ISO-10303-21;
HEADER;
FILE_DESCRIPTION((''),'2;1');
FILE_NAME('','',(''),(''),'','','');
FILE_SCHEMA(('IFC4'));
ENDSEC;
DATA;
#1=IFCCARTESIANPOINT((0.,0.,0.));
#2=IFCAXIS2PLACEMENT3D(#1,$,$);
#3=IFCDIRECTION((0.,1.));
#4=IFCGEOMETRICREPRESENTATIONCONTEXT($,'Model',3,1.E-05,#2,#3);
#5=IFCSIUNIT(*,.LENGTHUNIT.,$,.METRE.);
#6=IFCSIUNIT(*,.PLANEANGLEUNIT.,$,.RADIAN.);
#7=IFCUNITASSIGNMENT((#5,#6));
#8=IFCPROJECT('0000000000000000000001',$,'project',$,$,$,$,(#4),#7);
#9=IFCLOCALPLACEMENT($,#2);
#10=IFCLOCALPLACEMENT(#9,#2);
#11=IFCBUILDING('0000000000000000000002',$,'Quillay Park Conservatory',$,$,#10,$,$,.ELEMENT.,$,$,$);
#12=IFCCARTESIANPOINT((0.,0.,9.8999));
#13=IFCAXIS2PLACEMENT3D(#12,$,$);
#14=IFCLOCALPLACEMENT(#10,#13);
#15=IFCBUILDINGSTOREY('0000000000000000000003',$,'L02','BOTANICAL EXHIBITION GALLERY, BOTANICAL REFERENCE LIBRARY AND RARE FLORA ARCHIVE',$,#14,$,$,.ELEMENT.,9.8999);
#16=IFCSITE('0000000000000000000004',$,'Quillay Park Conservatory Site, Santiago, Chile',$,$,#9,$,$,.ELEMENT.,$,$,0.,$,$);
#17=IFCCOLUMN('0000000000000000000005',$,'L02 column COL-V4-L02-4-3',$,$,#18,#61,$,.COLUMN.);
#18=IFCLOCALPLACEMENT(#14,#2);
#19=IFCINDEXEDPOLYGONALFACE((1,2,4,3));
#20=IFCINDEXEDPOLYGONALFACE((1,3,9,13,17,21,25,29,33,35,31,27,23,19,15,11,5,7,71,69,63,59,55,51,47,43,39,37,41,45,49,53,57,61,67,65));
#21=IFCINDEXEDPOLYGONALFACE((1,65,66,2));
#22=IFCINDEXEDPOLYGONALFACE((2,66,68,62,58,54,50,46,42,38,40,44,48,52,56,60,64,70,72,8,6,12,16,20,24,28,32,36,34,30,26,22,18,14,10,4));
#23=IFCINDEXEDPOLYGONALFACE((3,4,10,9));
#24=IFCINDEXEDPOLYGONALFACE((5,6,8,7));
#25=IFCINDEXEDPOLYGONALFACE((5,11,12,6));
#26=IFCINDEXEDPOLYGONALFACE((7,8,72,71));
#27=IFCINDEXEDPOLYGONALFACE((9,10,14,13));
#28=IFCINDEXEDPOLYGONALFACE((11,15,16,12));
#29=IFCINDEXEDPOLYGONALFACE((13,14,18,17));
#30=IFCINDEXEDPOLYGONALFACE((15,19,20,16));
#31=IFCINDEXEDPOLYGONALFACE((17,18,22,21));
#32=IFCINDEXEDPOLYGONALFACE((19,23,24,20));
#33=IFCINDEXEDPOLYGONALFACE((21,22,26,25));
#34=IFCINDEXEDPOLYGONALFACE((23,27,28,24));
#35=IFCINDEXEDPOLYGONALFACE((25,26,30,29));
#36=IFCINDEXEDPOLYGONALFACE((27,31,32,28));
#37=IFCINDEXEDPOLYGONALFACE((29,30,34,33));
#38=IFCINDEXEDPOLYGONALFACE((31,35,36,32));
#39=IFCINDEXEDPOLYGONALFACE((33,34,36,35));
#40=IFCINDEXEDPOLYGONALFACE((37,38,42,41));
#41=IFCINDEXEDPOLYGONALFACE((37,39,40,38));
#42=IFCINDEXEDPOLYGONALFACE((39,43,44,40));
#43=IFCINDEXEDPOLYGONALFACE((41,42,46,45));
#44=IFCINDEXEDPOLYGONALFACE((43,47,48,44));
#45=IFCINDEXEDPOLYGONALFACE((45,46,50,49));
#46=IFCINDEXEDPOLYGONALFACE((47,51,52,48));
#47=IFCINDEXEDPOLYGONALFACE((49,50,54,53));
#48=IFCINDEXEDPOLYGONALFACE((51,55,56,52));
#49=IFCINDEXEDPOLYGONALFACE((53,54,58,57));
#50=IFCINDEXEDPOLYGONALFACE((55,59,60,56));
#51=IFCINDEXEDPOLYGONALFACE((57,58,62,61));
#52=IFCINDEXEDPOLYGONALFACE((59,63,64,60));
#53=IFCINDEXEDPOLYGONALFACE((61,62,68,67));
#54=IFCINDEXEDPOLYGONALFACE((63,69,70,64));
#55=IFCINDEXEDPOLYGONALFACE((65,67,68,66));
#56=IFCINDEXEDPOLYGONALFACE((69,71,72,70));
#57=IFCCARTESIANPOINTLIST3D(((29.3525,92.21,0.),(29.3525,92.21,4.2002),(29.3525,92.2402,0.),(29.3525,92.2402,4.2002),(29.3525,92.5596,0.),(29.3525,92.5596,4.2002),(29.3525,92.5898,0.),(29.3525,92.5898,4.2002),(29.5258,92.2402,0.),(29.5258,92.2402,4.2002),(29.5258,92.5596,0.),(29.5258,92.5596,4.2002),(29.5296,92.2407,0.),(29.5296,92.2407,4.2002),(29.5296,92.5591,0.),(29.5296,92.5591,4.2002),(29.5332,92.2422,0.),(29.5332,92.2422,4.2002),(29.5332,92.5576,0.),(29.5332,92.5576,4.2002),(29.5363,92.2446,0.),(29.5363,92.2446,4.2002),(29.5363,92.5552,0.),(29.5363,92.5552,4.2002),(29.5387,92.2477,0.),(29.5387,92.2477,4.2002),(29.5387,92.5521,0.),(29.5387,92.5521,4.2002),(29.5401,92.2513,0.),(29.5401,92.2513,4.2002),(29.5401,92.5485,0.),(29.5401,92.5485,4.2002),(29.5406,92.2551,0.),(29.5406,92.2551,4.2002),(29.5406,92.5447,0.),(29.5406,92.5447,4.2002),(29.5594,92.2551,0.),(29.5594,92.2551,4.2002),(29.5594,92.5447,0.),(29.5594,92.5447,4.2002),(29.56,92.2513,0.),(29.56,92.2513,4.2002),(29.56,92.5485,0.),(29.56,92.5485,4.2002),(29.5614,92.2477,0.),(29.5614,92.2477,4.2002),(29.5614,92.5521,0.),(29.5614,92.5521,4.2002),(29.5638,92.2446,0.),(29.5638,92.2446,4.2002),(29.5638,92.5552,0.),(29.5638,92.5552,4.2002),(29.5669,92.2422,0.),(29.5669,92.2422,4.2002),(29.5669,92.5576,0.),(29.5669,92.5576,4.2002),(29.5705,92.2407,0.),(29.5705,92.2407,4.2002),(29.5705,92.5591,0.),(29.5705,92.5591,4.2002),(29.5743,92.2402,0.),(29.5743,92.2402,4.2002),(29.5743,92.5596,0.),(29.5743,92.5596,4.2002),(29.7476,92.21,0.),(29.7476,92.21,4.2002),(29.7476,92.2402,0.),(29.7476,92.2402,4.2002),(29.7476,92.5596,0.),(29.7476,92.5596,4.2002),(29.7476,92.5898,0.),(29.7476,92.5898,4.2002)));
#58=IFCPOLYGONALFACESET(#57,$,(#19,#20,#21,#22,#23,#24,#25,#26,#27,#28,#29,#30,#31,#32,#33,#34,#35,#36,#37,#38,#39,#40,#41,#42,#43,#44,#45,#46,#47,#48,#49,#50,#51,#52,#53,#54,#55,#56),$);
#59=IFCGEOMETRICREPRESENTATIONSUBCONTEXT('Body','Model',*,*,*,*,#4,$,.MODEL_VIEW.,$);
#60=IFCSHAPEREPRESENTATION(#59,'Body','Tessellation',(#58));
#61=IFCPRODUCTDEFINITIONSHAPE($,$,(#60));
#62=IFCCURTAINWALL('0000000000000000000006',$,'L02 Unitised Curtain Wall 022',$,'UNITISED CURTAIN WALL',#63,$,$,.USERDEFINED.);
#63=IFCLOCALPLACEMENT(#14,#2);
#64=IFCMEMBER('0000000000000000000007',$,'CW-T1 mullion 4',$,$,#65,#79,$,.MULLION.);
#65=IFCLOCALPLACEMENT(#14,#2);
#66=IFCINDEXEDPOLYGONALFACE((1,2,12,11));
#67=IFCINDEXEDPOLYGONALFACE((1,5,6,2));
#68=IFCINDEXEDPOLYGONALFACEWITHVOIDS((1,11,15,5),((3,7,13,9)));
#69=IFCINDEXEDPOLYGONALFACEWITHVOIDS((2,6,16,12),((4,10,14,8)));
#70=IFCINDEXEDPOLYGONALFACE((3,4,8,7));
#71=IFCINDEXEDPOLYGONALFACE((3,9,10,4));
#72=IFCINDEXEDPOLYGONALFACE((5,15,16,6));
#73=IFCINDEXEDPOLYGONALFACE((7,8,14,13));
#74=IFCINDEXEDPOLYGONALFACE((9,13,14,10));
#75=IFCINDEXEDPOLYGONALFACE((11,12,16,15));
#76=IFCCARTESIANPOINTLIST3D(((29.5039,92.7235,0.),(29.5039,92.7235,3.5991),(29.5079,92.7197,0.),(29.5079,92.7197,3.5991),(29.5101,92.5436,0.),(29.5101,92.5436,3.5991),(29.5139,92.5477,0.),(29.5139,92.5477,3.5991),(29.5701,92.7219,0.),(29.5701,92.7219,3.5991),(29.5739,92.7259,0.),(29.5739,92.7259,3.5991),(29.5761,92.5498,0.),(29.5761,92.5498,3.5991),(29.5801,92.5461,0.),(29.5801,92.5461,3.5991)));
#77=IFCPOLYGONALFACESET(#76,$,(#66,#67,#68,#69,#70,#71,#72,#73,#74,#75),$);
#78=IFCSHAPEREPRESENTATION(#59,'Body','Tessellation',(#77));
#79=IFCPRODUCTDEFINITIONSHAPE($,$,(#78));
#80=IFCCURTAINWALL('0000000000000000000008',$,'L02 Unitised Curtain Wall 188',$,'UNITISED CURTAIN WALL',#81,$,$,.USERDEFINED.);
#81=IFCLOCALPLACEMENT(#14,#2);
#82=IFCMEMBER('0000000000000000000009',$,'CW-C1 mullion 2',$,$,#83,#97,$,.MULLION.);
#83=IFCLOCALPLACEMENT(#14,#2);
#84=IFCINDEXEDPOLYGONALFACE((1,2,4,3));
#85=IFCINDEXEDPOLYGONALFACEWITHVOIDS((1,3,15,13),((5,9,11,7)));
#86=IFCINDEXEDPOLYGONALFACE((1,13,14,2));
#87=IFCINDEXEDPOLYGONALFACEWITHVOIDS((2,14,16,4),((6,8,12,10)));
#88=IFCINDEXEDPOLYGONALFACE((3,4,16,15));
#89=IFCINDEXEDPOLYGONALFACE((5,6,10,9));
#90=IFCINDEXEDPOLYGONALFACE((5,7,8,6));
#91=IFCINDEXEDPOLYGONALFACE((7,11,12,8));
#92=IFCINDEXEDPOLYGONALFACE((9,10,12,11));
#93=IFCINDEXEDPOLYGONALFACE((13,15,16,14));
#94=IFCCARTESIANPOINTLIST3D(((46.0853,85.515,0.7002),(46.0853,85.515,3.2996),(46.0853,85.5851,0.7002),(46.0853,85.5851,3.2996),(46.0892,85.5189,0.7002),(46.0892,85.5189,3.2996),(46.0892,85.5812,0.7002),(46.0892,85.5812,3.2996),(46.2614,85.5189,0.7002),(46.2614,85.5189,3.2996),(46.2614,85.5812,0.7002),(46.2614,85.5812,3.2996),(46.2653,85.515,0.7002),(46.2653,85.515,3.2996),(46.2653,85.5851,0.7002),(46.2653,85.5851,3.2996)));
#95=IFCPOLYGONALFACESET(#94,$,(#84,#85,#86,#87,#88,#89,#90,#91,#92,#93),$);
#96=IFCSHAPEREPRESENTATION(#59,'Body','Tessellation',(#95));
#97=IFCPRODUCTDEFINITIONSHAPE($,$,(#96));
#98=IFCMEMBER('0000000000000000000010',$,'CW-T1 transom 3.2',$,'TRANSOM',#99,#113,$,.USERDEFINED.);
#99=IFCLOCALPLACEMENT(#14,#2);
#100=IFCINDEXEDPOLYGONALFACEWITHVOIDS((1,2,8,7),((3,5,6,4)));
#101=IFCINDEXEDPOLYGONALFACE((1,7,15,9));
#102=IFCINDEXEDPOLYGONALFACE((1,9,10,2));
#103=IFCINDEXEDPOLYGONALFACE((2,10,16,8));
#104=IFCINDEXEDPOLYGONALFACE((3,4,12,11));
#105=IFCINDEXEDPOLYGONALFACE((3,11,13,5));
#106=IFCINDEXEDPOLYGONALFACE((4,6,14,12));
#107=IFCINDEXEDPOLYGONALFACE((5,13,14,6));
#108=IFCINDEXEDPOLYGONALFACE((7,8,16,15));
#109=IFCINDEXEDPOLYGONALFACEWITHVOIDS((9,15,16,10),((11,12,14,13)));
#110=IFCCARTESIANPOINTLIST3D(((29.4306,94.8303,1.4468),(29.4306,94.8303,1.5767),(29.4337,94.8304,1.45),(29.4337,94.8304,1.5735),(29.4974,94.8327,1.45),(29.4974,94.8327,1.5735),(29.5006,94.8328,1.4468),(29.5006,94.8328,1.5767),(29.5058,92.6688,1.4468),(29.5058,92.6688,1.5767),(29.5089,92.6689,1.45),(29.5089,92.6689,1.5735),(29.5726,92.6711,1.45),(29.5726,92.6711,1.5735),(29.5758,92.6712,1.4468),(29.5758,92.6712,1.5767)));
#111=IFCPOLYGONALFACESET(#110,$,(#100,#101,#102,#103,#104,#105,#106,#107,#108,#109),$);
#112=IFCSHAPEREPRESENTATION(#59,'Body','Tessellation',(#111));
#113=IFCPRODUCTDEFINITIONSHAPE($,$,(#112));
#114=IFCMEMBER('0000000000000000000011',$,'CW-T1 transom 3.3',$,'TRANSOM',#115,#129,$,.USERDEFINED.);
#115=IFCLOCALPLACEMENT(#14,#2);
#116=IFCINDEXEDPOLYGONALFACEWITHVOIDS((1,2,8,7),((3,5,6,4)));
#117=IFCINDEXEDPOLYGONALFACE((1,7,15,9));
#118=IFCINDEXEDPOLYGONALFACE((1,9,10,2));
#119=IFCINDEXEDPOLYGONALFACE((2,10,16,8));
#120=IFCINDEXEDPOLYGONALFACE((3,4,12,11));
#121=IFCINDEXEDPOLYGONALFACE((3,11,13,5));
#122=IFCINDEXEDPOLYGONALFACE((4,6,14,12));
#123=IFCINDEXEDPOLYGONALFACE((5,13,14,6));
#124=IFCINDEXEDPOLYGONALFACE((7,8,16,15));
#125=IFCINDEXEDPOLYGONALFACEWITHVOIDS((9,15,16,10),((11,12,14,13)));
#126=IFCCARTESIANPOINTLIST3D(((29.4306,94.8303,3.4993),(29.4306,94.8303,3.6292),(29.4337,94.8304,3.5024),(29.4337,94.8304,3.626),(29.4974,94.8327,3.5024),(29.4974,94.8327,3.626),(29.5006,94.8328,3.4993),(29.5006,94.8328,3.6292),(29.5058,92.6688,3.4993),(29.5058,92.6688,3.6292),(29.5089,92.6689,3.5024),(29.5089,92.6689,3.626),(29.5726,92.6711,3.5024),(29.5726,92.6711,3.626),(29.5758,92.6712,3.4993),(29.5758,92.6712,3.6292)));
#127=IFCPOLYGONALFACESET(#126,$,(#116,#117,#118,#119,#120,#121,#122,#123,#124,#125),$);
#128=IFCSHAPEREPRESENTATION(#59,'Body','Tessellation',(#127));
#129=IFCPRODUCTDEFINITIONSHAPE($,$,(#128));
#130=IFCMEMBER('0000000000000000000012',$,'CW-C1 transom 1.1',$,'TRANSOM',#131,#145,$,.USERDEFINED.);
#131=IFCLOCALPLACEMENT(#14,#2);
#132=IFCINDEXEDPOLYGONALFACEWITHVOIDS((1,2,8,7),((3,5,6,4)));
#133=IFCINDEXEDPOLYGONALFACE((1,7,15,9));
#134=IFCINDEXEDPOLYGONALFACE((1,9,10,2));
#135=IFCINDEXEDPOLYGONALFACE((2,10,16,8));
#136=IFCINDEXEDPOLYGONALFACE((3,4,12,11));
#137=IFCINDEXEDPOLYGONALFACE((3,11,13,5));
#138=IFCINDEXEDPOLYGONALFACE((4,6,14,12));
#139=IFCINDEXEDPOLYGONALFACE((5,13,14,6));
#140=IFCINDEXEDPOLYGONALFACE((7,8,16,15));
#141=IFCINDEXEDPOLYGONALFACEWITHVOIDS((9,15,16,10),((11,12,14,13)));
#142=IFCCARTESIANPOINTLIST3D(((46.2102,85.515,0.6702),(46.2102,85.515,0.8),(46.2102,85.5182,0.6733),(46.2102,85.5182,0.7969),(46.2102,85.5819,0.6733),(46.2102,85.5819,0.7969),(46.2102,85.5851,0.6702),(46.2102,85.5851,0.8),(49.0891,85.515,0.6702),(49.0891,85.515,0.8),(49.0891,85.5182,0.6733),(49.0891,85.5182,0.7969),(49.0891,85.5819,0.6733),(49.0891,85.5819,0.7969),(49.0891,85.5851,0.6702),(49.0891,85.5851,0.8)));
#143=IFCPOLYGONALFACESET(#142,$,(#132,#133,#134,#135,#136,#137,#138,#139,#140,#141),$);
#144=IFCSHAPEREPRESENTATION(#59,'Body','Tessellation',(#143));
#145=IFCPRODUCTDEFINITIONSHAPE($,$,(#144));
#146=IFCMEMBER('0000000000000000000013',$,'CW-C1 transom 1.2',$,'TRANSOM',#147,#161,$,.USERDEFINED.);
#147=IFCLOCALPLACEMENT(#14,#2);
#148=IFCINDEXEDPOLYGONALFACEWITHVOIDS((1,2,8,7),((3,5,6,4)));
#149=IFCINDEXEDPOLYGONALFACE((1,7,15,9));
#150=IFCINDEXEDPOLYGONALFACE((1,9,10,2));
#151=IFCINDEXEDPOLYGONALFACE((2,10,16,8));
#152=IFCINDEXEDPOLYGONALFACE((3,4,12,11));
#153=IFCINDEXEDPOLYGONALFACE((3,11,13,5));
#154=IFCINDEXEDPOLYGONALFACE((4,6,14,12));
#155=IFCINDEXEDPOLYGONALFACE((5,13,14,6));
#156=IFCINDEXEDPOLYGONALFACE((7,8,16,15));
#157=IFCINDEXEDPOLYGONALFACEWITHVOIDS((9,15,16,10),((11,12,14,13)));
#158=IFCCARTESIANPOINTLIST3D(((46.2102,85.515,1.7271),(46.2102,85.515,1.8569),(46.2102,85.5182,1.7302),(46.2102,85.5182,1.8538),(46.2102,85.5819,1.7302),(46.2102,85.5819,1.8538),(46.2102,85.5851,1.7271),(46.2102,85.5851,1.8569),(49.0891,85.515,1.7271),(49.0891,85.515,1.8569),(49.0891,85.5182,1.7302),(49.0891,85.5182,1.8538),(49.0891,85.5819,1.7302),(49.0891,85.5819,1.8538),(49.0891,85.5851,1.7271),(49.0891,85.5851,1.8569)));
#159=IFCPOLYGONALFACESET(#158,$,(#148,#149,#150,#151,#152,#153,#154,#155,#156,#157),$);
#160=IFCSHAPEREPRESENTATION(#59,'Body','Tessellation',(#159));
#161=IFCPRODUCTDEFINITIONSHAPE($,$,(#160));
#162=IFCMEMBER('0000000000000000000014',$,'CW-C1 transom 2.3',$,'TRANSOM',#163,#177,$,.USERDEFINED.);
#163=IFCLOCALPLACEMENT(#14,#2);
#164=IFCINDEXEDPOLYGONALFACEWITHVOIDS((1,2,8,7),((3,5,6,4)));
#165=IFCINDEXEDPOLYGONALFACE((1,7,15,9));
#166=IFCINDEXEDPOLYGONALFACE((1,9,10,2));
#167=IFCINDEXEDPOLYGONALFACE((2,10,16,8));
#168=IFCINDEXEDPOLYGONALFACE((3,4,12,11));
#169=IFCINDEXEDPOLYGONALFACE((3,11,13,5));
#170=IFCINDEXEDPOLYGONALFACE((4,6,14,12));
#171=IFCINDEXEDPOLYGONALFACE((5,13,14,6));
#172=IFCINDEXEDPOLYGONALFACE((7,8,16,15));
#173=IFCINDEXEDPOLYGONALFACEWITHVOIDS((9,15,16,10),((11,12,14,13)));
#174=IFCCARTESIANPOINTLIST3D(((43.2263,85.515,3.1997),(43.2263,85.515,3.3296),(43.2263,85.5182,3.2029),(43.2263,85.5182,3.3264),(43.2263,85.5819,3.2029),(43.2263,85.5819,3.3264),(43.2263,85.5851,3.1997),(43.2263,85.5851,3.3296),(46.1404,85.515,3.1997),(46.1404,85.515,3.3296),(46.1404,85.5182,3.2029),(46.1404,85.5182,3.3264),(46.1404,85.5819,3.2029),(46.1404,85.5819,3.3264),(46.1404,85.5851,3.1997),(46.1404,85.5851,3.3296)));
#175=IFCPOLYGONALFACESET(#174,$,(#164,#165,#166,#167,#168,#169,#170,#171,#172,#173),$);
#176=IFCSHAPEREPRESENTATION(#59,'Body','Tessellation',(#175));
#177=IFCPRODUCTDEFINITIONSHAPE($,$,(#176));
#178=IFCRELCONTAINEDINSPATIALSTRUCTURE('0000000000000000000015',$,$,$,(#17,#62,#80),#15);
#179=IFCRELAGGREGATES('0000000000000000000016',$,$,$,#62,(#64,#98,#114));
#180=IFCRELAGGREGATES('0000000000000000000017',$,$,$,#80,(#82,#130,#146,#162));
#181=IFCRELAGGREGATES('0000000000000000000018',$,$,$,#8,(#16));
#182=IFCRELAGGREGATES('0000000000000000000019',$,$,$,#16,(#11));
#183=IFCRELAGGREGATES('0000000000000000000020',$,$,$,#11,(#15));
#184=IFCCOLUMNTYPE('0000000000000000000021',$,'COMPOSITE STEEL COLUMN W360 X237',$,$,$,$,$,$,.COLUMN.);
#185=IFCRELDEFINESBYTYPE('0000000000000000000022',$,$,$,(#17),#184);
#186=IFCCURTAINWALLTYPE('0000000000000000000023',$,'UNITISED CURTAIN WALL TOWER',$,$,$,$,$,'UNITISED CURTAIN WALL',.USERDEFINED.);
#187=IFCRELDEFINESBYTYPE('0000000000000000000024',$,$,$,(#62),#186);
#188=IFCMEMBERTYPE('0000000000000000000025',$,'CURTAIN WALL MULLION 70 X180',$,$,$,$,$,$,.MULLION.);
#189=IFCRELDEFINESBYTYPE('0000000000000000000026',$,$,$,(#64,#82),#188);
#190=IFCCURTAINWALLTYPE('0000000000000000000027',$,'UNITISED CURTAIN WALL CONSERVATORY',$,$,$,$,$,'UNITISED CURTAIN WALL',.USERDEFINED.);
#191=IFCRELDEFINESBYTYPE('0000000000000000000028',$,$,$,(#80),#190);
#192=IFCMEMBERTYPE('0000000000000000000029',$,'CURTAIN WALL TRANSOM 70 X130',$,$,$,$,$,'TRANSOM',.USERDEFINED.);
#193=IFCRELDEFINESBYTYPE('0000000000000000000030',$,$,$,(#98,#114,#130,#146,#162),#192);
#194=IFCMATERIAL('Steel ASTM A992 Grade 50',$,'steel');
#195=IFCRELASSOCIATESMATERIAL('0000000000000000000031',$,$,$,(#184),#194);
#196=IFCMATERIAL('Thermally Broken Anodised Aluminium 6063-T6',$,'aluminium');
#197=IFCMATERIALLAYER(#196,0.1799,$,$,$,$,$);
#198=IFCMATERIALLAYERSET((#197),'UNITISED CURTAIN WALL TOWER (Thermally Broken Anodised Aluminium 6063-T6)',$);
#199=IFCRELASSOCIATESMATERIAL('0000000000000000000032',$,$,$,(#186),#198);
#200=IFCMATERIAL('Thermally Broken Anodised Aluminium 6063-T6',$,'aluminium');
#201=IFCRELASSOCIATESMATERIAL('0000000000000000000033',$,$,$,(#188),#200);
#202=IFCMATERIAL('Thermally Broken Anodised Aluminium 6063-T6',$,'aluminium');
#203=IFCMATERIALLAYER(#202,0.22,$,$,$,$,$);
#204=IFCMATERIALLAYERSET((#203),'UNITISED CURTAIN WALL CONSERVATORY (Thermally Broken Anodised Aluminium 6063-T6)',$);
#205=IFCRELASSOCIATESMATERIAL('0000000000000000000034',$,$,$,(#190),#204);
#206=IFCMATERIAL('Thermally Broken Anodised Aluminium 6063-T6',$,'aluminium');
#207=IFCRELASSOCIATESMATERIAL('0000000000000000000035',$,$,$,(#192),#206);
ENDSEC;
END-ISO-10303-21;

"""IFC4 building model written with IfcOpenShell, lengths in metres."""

from ifc_helpers import new_model, si_unit, direction, frame, origin, origin_2d, place, context, subcontext, project, spatial, hollow_rectangle, i_section, extrude, material, layer, layer_set, material_profile, profile_set, type_object, element, aggregate, save


model = new_model("IFC4")

# Units and contexts
model_context = context("Model", 3, precision=1e-05, world=origin(), true_north=direction((0.0, 1.0)))
body_context = subcontext(model_context, "Body", "Model", "MODEL_VIEW")
ifc_project = project(units=[si_unit("LENGTHUNIT", "METRE"), si_unit("PLANEANGLEUNIT", "RADIAN")], contexts=[model_context])

# Site, building, storey
site_placement = place(None, origin())
site = spatial("IfcSite", under=ifc_project, at=site_placement, Name="Quillay Park Conservatory Site, Santiago, Chile", CompositionType="ELEMENT", RefElevation=0.0)
building_placement = place(site_placement, origin())
building = spatial("IfcBuilding", under=site, at=building_placement, Name="Quillay Park Conservatory", CompositionType="ELEMENT")
storey_placement = place(building_placement, frame((0.0, 0.0, 9.8999)))
storey = spatial("IfcBuildingStorey", under=building, at=storey_placement, Name="L02", Description="BOTANICAL EXHIBITION GALLERY, BOTANICAL REFERENCE LIBRARY AND RARE FLORA ARCHIVE", CompositionType="ELEMENT", Elevation=9.8999)

# Column
ifc_material_1 = material(Name="Steel ASTM A992 Grade 50", Category="steel")
ifc_material_profile_1 = material_profile(ifc_material_1, i_section(OverallWidth=0.395, OverallDepth=0.3799, WebThickness=0.0188, FlangeThickness=0.0303, FilletRadius=0.0149, at=origin_2d()), Name="W360x237")
ifc_profile_set_1 = profile_set([ifc_material_profile_1], Name="Steel ASTM A992 Grade 50")
column_type = type_object("IfcColumnType", Name="COMPOSITE STEEL COLUMN W360 X237", PredefinedType="COLUMN", material=ifc_profile_set_1)
column_placement = place(storey_placement, frame((29.55, 92.3999, 0.0), z_axis=(0.0, 0.0, 1.0), x_axis=(1.0, 0.0, 0.0)))
element("IfcColumn", 1, at=column_placement, inside=storey, type_object=column_type, Name="L02 column COL-V4-L02-4-3", PredefinedType="COLUMN", context=body_context, shape_type="SweptSolid", body=[
    extrude(i_section(OverallWidth=0.395, OverallDepth=0.3799, WebThickness=0.0188, FlangeThickness=0.0303, FilletRadius=0.0149, at=origin_2d()), origin(), (0.0, 0.0, 1.0), 4.2002),
])

# Curtain walls, members
ifc_material_2 = material(Name="Thermally Broken Anodised Aluminium 6063-T6", Category="aluminium")
ifc_layer_1 = layer(ifc_material_2, 0.1799)
ifc_layer_set_1 = layer_set([ifc_layer_1], Name="UNITISED CURTAIN WALL TOWER (Thermally Broken Anodised Aluminium 6063-T6)")
curtain_wall_type_1 = type_object("IfcCurtainWallType", Name="UNITISED CURTAIN WALL TOWER", ElementType="UNITISED CURTAIN WALL", PredefinedType="USERDEFINED", material=ifc_layer_set_1)
curtain_wall_1_placement = place(storey_placement, origin())
curtain_wall_1 = element("IfcCurtainWall", 2, at=curtain_wall_1_placement, inside=storey, type_object=curtain_wall_type_1, Name="L02 Unitised Curtain Wall 022", ObjectType="UNITISED CURTAIN WALL", PredefinedType="USERDEFINED")
ifc_material_3 = material(Name="Thermally Broken Anodised Aluminium 6063-T6", Category="aluminium")
ifc_material_profile_2 = material_profile(ifc_material_3, hollow_rectangle(XDim=0.0701, YDim=0.1799, WallThickness=0.0039, at=origin_2d()), Name="AL70x180x4")
ifc_profile_set_2 = profile_set([ifc_material_profile_2], Name="Thermally Broken Anodised Aluminium 6063-T6")
member_type_1 = type_object("IfcMemberType", Name="CURTAIN WALL MULLION 70 X180", PredefinedType="MULLION", material=ifc_profile_set_2)
member_1_placement = place(storey_placement, frame((29.542, 92.6348, 0.0), z_axis=(0.0, 0.0, 1.0), x_axis=(0.999397, 0.034713, 0.0)))
member_1 = element("IfcMember", 3, at=member_1_placement, type_object=member_type_1, Name="CW-T1 mullion 4", PredefinedType="MULLION", context=body_context, shape_type="SweptSolid", body=[
    extrude(hollow_rectangle(XDim=0.0701, YDim=0.1799, WallThickness=0.0039, at=origin_2d()), origin(), (0.0, 0.0, 1.0), 3.5991),
])
ifc_material_4 = material(Name="Thermally Broken Anodised Aluminium 6063-T6", Category="aluminium")
ifc_layer_2 = layer(ifc_material_4, 0.22)
ifc_layer_set_2 = layer_set([ifc_layer_2], Name="UNITISED CURTAIN WALL CONSERVATORY (Thermally Broken Anodised Aluminium 6063-T6)")
curtain_wall_type_2 = type_object("IfcCurtainWallType", Name="UNITISED CURTAIN WALL CONSERVATORY", ElementType="UNITISED CURTAIN WALL", PredefinedType="USERDEFINED", material=ifc_layer_set_2)
curtain_wall_2_placement = place(storey_placement, origin())
curtain_wall_2 = element("IfcCurtainWall", 4, at=curtain_wall_2_placement, inside=storey, type_object=curtain_wall_type_2, Name="L02 Unitised Curtain Wall 188", ObjectType="UNITISED CURTAIN WALL", PredefinedType="USERDEFINED")
member_2_placement = place(storey_placement, frame((46.1753, 85.55, 0.7002), z_axis=(0.0, 0.0, 1.0), x_axis=(0.0, -1.0, 0.0)))
member_2 = element("IfcMember", 5, at=member_2_placement, type_object=member_type_1, Name="CW-C1 mullion 2", PredefinedType="MULLION", context=body_context, shape_type="SweptSolid", body=[
    extrude(hollow_rectangle(XDim=0.0701, YDim=0.1799, WallThickness=0.0039, at=origin_2d()), origin(), (0.0, 0.0, 1.0), 2.5994),
])

# Members
ifc_material_5 = material(Name="Thermally Broken Anodised Aluminium 6063-T6", Category="aluminium")
ifc_material_profile_3 = material_profile(ifc_material_5, hollow_rectangle(XDim=0.0701, YDim=0.1299, WallThickness=0.0032, at=origin_2d()), Name="AL70x130x3.2")
ifc_profile_set_3 = profile_set([ifc_material_profile_3], Name="Thermally Broken Anodised Aluminium 6063-T6")
member_type_2 = type_object("IfcMemberType", Name="CURTAIN WALL TRANSOM 70 X130", ElementType="TRANSOM", PredefinedType="USERDEFINED", material=ifc_profile_set_3)
member_3_placement = place(storey_placement, frame((29.4656, 94.8315, 1.5117), z_axis=(0.034766, -0.999395, 0.0), x_axis=(0.999395, 0.034766, 0.0)))
member_3 = element("IfcMember", 6, at=member_3_placement, type_object=member_type_2, Name="CW-T1 transom 3.2", ObjectType="TRANSOM", PredefinedType="USERDEFINED", context=body_context, shape_type="SweptSolid", body=[
    extrude(hollow_rectangle(XDim=0.0701, YDim=0.1299, WallThickness=0.0032, at=origin_2d()), origin(), (0.0, 0.0, 1.0), 2.1628),
])
member_4_placement = place(storey_placement, frame((29.4656, 94.8315, 3.5642), z_axis=(0.034766, -0.999395, 0.0), x_axis=(0.999395, 0.034766, 0.0)))
member_4 = element("IfcMember", 7, at=member_4_placement, type_object=member_type_2, Name="CW-T1 transom 3.3", ObjectType="TRANSOM", PredefinedType="USERDEFINED", context=body_context, shape_type="SweptSolid", body=[
    extrude(hollow_rectangle(XDim=0.0701, YDim=0.1299, WallThickness=0.0032, at=origin_2d()), origin(), (0.0, 0.0, 1.0), 2.1628),
])
member_5_placement = place(storey_placement, frame((49.0891, 85.55, 0.7351), z_axis=(-1.0, 0.0, 0.0), x_axis=(0.0, -1.0, 0.0)))
member_5 = element("IfcMember", 8, at=member_5_placement, type_object=member_type_2, Name="CW-C1 transom 1.1", ObjectType="TRANSOM", PredefinedType="USERDEFINED", context=body_context, shape_type="SweptSolid", body=[
    extrude(hollow_rectangle(XDim=0.0701, YDim=0.1299, WallThickness=0.0032, at=origin_2d()), origin(), (0.0, 0.0, 1.0), 2.8789),
])
member_6_placement = place(storey_placement, frame((49.0891, 85.55, 1.792), z_axis=(-1.0, 0.0, 0.0), x_axis=(0.0, -1.0, 0.0)))
member_6 = element("IfcMember", 9, at=member_6_placement, type_object=member_type_2, Name="CW-C1 transom 1.2", ObjectType="TRANSOM", PredefinedType="USERDEFINED", context=body_context, shape_type="SweptSolid", body=[
    extrude(hollow_rectangle(XDim=0.0701, YDim=0.1299, WallThickness=0.0032, at=origin_2d()), origin(), (0.0, 0.0, 1.0), 2.8789),
])
member_7_placement = place(storey_placement, frame((46.1404, 85.55, 3.2646), z_axis=(-1.0, 0.0, 0.0), x_axis=(0.0, -1.0, 0.0)))
member_7 = element("IfcMember", 10, at=member_7_placement, type_object=member_type_2, Name="CW-C1 transom 2.3", ObjectType="TRANSOM", PredefinedType="USERDEFINED", context=body_context, shape_type="SweptSolid", body=[
    extrude(hollow_rectangle(XDim=0.0701, YDim=0.1299, WallThickness=0.0032, at=origin_2d()), origin(), (0.0, 0.0, 1.0), 2.9141),
])

aggregate(curtain_wall_1, [member_1, member_3, member_4])
aggregate(curtain_wall_2, [member_2, member_5, member_6, member_7])

save(model, "model.ifc")
